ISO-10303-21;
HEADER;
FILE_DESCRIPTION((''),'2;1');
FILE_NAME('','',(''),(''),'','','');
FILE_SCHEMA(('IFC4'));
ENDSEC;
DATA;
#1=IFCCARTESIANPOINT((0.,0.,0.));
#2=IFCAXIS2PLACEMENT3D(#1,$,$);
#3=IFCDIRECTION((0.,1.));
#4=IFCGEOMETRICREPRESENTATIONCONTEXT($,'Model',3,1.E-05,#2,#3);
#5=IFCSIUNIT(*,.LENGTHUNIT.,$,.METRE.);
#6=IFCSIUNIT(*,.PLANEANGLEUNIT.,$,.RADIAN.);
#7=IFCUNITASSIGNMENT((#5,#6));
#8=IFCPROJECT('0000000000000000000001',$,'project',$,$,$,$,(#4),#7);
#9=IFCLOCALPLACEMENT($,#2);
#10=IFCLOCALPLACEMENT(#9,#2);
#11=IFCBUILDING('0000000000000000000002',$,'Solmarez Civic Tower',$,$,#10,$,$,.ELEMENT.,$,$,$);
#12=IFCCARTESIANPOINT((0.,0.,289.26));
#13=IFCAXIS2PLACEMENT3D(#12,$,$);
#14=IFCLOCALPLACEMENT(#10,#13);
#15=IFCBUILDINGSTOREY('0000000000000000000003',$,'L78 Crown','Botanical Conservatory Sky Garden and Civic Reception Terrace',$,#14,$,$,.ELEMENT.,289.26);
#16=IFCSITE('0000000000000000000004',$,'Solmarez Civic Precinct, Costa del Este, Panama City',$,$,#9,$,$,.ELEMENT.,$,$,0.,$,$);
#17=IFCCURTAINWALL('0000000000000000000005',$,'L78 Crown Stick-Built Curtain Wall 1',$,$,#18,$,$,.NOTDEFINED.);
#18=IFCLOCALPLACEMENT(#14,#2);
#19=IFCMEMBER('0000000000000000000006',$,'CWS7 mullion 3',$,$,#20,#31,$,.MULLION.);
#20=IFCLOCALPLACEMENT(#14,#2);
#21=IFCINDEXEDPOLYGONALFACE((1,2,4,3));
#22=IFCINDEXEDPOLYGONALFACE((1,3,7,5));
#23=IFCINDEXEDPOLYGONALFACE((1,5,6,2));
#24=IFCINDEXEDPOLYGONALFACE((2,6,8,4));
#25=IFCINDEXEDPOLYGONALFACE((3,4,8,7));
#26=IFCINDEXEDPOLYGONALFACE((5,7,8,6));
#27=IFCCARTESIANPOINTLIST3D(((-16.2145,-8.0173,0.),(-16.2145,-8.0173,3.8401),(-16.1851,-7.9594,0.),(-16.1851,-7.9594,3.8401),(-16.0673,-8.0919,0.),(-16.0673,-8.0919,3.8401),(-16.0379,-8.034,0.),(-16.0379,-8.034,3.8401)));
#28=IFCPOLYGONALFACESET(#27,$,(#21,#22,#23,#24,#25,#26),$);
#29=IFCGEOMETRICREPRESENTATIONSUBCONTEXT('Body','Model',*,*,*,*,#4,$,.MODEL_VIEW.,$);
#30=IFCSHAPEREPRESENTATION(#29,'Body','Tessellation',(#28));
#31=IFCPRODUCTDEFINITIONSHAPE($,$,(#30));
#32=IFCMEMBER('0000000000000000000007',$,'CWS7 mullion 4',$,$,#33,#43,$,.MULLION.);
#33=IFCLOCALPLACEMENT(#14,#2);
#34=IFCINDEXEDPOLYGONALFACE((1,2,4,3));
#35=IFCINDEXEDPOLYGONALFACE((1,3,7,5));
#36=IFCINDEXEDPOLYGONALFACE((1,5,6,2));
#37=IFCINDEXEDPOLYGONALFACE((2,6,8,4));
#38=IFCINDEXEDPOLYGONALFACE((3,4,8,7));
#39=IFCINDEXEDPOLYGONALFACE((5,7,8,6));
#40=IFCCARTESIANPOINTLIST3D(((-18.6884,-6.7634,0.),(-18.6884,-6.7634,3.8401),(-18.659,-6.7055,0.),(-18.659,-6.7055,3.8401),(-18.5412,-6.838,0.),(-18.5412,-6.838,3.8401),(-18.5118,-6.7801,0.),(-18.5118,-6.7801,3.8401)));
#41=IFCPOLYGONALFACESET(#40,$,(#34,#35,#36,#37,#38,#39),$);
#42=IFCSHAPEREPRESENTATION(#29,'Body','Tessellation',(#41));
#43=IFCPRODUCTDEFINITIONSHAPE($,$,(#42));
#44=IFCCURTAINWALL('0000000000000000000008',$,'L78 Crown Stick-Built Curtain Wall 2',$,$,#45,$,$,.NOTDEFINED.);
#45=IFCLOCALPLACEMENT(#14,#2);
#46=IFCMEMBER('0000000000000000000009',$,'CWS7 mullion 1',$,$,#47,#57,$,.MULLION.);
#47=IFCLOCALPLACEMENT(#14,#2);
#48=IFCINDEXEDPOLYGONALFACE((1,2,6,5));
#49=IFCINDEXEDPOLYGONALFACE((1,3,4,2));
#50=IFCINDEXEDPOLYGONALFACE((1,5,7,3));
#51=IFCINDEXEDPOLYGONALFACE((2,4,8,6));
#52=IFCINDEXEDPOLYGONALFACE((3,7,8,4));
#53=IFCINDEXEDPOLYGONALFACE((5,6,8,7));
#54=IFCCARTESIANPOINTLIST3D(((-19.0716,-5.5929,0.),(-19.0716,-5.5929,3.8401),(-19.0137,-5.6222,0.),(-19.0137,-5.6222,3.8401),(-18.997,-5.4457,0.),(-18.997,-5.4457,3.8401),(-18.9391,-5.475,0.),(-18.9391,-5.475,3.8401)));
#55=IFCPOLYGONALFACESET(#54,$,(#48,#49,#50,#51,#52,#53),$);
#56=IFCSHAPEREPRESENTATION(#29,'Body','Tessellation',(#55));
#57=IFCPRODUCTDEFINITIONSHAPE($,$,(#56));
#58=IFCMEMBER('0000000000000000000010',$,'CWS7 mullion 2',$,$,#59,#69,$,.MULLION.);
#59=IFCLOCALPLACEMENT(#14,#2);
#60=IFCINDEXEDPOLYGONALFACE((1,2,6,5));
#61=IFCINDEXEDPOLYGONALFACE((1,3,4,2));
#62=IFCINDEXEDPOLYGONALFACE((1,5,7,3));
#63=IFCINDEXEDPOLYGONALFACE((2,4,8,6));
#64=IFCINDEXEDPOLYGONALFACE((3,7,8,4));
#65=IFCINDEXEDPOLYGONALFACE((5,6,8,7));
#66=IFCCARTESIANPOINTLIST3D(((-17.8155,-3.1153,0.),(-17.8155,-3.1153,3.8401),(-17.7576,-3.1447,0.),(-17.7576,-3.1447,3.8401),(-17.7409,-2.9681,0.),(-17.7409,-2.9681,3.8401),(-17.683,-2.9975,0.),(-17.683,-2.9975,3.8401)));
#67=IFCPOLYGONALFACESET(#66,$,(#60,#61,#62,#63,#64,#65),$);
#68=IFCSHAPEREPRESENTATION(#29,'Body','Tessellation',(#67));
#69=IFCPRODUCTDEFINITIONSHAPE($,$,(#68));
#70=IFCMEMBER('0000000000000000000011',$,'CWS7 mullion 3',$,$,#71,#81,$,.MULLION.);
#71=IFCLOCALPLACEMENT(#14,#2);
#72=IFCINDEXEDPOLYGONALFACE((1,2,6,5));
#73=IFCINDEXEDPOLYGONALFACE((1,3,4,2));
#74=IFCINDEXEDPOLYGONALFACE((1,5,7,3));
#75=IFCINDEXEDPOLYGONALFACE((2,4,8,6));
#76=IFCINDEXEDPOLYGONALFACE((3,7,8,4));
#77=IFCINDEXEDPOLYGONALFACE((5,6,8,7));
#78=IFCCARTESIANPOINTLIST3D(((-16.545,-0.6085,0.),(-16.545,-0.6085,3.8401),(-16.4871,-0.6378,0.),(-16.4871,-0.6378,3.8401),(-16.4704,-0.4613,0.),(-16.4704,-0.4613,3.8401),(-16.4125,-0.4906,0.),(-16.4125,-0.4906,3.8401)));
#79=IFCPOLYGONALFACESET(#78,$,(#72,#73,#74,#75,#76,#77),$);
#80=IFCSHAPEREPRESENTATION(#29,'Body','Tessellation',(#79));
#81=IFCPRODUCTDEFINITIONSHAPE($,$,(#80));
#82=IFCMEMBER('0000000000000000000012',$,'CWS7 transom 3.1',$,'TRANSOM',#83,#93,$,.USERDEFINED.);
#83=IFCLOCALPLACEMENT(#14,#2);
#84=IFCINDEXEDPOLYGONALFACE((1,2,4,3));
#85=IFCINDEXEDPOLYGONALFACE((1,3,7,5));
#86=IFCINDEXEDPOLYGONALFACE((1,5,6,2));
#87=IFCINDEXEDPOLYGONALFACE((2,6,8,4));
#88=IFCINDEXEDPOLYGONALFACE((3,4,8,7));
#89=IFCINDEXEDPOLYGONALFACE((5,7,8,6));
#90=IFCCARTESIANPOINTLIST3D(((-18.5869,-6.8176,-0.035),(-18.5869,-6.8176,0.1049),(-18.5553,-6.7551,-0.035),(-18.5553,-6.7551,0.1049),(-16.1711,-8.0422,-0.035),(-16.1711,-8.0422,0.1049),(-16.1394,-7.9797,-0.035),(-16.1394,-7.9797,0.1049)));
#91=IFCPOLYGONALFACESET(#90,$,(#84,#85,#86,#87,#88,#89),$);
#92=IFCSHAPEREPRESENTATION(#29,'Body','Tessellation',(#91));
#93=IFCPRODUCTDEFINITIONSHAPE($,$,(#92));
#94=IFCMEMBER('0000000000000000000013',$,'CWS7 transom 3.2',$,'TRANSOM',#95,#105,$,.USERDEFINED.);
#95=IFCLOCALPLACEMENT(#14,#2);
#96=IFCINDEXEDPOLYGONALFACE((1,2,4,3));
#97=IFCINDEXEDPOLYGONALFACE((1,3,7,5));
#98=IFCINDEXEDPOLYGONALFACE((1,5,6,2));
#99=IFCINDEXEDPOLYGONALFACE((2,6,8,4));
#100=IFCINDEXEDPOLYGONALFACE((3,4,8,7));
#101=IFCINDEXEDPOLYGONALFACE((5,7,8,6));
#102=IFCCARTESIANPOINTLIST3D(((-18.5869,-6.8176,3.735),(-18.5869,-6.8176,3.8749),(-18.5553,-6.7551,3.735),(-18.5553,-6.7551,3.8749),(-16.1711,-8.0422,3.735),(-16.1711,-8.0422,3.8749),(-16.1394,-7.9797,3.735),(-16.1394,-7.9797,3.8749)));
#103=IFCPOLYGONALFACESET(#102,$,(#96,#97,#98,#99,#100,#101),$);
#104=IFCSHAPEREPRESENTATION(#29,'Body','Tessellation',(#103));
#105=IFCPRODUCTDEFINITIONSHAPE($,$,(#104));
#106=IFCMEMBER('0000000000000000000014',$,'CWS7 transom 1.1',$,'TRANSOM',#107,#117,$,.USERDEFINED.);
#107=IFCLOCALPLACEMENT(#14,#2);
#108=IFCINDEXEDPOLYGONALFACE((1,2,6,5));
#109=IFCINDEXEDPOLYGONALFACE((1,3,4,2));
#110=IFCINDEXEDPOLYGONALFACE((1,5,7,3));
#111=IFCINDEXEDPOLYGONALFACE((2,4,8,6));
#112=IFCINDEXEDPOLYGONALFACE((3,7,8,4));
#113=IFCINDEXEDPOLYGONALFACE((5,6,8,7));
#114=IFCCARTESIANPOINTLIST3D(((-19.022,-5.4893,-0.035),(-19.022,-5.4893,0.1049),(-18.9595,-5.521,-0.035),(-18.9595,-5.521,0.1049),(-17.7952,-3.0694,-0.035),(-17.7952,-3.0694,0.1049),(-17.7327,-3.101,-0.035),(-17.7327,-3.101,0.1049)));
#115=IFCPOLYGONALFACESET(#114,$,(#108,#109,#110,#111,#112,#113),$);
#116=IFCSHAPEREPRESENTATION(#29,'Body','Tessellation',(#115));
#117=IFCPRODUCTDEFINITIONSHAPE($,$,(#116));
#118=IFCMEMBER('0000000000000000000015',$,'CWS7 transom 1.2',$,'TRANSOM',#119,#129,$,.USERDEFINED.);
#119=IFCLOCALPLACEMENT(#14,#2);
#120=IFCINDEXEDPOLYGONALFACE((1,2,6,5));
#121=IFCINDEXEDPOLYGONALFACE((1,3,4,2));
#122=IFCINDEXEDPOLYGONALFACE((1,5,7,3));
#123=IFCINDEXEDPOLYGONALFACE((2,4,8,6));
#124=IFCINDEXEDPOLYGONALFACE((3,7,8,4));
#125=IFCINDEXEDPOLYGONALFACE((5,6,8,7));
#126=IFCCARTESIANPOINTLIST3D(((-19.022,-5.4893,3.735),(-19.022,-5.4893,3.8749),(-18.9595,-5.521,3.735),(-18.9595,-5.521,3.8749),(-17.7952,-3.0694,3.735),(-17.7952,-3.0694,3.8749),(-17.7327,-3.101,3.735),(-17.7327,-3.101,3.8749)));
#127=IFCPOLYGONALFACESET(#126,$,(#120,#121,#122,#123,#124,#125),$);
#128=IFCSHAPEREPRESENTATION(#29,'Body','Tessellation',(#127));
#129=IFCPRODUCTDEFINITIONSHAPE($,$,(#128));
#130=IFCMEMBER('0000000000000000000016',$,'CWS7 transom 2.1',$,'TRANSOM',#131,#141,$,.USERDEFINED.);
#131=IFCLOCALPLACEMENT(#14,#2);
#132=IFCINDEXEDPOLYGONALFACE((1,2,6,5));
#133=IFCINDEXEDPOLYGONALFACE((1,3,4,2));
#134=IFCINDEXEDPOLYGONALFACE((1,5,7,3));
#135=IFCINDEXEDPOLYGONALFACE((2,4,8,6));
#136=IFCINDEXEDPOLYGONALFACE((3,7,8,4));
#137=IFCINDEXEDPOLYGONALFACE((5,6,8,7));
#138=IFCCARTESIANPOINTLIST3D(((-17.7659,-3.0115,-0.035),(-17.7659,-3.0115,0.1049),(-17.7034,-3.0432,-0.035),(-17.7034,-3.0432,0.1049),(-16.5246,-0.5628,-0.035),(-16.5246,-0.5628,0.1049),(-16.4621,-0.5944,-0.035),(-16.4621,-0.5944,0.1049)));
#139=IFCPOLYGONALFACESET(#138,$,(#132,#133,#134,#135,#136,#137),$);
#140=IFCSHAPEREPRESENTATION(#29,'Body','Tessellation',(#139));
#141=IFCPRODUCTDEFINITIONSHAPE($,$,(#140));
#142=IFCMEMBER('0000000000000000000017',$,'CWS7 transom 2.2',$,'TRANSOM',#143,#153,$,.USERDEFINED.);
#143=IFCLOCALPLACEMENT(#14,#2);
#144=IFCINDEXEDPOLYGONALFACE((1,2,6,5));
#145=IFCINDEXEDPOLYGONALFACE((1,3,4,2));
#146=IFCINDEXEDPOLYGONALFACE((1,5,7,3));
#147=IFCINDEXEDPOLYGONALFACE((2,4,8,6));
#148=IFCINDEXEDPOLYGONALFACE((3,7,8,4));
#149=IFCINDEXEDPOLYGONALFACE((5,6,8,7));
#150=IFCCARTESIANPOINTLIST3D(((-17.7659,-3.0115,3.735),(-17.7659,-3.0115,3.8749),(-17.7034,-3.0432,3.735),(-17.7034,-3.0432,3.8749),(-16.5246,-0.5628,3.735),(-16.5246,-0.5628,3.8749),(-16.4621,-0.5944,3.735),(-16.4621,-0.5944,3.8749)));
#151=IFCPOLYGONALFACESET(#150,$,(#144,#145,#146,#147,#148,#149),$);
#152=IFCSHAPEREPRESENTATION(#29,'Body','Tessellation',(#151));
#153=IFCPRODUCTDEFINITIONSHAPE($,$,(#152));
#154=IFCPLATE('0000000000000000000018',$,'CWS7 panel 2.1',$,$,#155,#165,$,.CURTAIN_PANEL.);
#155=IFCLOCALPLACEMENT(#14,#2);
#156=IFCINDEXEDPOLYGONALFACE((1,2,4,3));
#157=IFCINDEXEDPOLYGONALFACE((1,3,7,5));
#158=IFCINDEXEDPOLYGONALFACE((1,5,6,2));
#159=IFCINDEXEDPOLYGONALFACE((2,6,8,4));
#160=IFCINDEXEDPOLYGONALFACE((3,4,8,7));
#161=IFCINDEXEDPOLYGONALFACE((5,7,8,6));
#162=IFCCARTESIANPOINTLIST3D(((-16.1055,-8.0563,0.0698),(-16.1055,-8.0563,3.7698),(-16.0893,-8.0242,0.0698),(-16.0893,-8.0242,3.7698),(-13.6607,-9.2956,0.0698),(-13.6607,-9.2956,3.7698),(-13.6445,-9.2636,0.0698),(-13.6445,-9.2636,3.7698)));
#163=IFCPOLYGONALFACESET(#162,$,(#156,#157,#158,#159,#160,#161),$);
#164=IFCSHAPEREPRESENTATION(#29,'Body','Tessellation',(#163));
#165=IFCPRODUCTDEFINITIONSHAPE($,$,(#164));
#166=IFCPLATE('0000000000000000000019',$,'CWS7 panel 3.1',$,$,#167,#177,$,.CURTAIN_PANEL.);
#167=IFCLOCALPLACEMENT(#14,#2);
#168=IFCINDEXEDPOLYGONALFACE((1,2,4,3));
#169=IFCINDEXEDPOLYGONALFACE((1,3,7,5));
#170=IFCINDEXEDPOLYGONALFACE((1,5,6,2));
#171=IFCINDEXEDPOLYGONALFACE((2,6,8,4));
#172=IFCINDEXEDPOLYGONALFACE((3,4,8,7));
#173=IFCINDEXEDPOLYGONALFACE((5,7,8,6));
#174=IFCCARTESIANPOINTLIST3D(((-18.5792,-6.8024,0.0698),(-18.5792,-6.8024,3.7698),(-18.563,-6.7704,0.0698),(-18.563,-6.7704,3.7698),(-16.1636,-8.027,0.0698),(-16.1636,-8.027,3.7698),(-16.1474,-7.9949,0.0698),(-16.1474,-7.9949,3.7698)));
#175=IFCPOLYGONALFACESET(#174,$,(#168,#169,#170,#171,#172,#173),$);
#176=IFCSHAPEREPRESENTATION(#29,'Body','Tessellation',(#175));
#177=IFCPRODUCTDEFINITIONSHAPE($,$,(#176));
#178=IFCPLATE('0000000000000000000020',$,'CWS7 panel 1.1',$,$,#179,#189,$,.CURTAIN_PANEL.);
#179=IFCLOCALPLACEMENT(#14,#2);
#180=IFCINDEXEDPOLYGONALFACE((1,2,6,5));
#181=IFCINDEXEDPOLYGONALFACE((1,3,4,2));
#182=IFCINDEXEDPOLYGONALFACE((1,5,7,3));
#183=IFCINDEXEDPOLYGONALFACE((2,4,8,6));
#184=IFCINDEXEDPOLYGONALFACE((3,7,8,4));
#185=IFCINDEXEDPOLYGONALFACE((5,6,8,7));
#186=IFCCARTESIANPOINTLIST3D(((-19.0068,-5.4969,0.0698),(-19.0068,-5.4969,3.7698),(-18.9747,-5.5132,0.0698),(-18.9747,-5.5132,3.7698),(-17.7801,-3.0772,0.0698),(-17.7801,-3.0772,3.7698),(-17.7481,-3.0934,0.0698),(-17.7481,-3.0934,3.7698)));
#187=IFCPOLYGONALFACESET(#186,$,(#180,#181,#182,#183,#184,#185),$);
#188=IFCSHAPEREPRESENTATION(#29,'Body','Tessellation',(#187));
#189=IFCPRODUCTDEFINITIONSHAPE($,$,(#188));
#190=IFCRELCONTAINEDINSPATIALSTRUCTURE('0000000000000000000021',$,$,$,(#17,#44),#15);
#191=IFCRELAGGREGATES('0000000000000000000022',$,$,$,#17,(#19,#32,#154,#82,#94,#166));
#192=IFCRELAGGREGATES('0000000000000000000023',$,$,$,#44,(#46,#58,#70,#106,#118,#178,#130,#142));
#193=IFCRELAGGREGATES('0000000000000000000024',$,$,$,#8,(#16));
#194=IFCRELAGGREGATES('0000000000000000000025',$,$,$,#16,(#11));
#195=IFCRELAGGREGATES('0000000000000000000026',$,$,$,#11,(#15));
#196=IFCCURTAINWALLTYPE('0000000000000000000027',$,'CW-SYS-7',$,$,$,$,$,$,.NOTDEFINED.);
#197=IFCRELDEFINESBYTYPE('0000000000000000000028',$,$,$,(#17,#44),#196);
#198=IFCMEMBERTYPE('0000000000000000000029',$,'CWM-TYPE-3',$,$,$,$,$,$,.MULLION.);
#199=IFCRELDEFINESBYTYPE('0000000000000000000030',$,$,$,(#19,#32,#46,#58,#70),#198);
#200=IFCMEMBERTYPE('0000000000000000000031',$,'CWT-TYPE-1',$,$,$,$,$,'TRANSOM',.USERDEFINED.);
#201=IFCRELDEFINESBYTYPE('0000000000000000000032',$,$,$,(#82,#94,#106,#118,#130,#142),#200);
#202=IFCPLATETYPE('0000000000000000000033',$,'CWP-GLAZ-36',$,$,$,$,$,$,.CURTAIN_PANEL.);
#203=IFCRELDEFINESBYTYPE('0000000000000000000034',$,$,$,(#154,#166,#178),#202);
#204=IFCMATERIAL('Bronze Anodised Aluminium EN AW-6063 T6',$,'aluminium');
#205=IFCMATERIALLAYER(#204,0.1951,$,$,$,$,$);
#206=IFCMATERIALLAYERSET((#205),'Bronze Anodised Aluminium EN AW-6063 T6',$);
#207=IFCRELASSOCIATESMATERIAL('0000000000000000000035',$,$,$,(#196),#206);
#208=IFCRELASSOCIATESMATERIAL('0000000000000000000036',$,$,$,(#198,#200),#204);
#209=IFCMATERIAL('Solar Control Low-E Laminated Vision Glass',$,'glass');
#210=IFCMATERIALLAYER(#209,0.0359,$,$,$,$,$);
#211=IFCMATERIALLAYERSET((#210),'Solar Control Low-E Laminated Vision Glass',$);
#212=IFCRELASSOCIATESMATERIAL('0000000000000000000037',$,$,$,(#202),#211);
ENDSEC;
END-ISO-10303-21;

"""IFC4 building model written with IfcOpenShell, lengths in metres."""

from ifc_helpers import new_model, si_unit, direction, frame, origin, origin_2d, place, context, subcontext, project, spatial, rectangle, extrude, material, layer, layer_set, material_profile, profile_set, type_object, element, aggregate, save


model = new_model("IFC4")

# Units and contexts
model_context = context("Model", 3, precision=1e-05, world=origin(), true_north=direction((0.0, 1.0)))
body_context = subcontext(model_context, "Body", "Model", "MODEL_VIEW")
ifc_project = project(units=[si_unit("LENGTHUNIT", "METRE"), si_unit("PLANEANGLEUNIT", "RADIAN")], contexts=[model_context])

# Site, building, storey
site_placement = place(None, origin())
site = spatial("IfcSite", under=ifc_project, at=site_placement, Name="Solmarez Civic Precinct, Costa del Este, Panama City", CompositionType="ELEMENT", RefElevation=0.0)
building_placement = place(site_placement, origin())
building = spatial("IfcBuilding", under=site, at=building_placement, Name="Solmarez Civic Tower", CompositionType="ELEMENT")
storey_placement = place(building_placement, frame((0.0, 0.0, 289.26)))
storey = spatial("IfcBuildingStorey", under=building, at=storey_placement, Name="L78 Crown", Description="Botanical Conservatory Sky Garden and Civic Reception Terrace", CompositionType="ELEMENT", Elevation=289.26)

# Curtain walls, members
ifc_material_1 = material(Name="Bronze Anodised Aluminium EN AW-6063 T6", Category="aluminium")
ifc_layer_1 = layer(ifc_material_1, 0.1951)
ifc_layer_set_1 = layer_set([ifc_layer_1], Name="Bronze Anodised Aluminium EN AW-6063 T6")
curtain_wall_type = type_object("IfcCurtainWallType", Name="CW-SYS-7", PredefinedType="NOTDEFINED", material=ifc_layer_set_1)
curtain_wall_1_placement = place(storey_placement, origin())
curtain_wall_1 = element("IfcCurtainWall", 1, at=curtain_wall_1_placement, inside=storey, type_object=curtain_wall_type, Name="L78 Crown Stick-Built Curtain Wall 1", PredefinedType="NOTDEFINED")
ifc_material_profile_1 = material_profile(ifc_material_1, rectangle(XDim=0.0649, YDim=0.165, at=origin_2d()), Name="CWM-65X165")
ifc_profile_set_1 = profile_set([ifc_material_profile_1], Name="Bronze Anodised Aluminium EN AW-6063 T6")
member_type_1 = type_object("IfcMemberType", Name="CWM-TYPE-3", PredefinedType="MULLION", material=ifc_profile_set_1)
member_1_placement = place(storey_placement, frame((-16.1262, -8.0256, 0.0), z_axis=(0.0, 0.0, 1.0), x_axis=(-0.452149, -0.891943, 0.0)))
member_1 = element("IfcMember", 2, at=member_1_placement, type_object=member_type_1, Name="CWS7 mullion 3", PredefinedType="MULLION", context=body_context, shape_type="SweptSolid", body=[
    extrude(rectangle(XDim=0.0649, YDim=0.165, at=origin_2d()), origin(), (0.0, 0.0, 1.0), 3.8401),
])
member_2_placement = place(storey_placement, frame((-18.6001, -6.7717, 0.0), z_axis=(0.0, 0.0, 1.0), x_axis=(-0.452149, -0.891943, 0.0)))
member_2 = element("IfcMember", 3, at=member_2_placement, type_object=member_type_1, Name="CWS7 mullion 4", PredefinedType="MULLION", context=body_context, shape_type="SweptSolid", body=[
    extrude(rectangle(XDim=0.0649, YDim=0.165, at=origin_2d()), origin(), (0.0, 0.0, 1.0), 3.8401),
])
curtain_wall_2_placement = place(storey_placement, origin())
curtain_wall_2 = element("IfcCurtainWall", 4, at=curtain_wall_2_placement, inside=storey, type_object=curtain_wall_type, Name="L78 Crown Stick-Built Curtain Wall 2", PredefinedType="NOTDEFINED")
member_3_placement = place(storey_placement, frame((-19.0054, -5.5339, 0.0), z_axis=(0.0, 0.0, 1.0), x_axis=(-0.891946, 0.452141, 0.0)))
member_3 = element("IfcMember", 5, at=member_3_placement, type_object=member_type_1, Name="CWS7 mullion 1", PredefinedType="MULLION", context=body_context, shape_type="SweptSolid", body=[
    extrude(rectangle(XDim=0.0649, YDim=0.165, at=origin_2d()), origin(), (0.0, 0.0, 1.0), 3.8401),
])
member_4_placement = place(storey_placement, frame((-17.7493, -3.0564, 0.0), z_axis=(0.0, 0.0, 1.0), x_axis=(-0.891946, 0.452141, 0.0)))
member_4 = element("IfcMember", 6, at=member_4_placement, type_object=member_type_1, Name="CWS7 mullion 2", PredefinedType="MULLION", context=body_context, shape_type="SweptSolid", body=[
    extrude(rectangle(XDim=0.0649, YDim=0.165, at=origin_2d()), origin(), (0.0, 0.0, 1.0), 3.8401),
])
member_5_placement = place(storey_placement, frame((-16.4788, -0.5496, 0.0), z_axis=(0.0, 0.0, 1.0), x_axis=(-0.891946, 0.452141, 0.0)))
member_5 = element("IfcMember", 7, at=member_5_placement, type_object=member_type_1, Name="CWS7 mullion 3", PredefinedType="MULLION", context=body_context, shape_type="SweptSolid", body=[
    extrude(rectangle(XDim=0.0649, YDim=0.165, at=origin_2d()), origin(), (0.0, 0.0, 1.0), 3.8401),
])

# Members
ifc_material_profile_2 = material_profile(ifc_material_1, rectangle(XDim=0.0701, YDim=0.1399, at=origin_2d()), Name="CWT-70X140")
ifc_profile_set_2 = profile_set([ifc_material_profile_2], Name="Bronze Anodised Aluminium EN AW-6063 T6")
member_type_2 = type_object("IfcMemberType", Name="CWT-TYPE-1", ElementType="TRANSOM", PredefinedType="USERDEFINED", material=ifc_profile_set_2)
member_6_placement = place(storey_placement, frame((-16.1553, -8.011, 0.0349), z_axis=(-0.891944, 0.452146, 0.0), x_axis=(-0.452146, -0.891944, 0.0)))
member_6 = element("IfcMember", 8, at=member_6_placement, type_object=member_type_2, Name="CWS7 transom 3.1", ObjectType="TRANSOM", PredefinedType="USERDEFINED", context=body_context, shape_type="SweptSolid", body=[
    extrude(rectangle(XDim=0.0701, YDim=0.1399, at=origin_2d()), origin(), (0.0, 0.0, 1.0), 2.7085),
])
member_7_placement = place(storey_placement, frame((-16.1553, -8.011, 3.8049), z_axis=(-0.891944, 0.452146, 0.0), x_axis=(-0.452146, -0.891944, 0.0)))
member_7 = element("IfcMember", 9, at=member_7_placement, type_object=member_type_2, Name="CWS7 transom 3.2", ObjectType="TRANSOM", PredefinedType="USERDEFINED", context=body_context, shape_type="SweptSolid", body=[
    extrude(rectangle(XDim=0.0701, YDim=0.1399, at=origin_2d()), origin(), (0.0, 0.0, 1.0), 2.7085),
])
member_8_placement = place(storey_placement, frame((-18.9907, -5.5051, 0.0349), z_axis=(0.452174, 0.89193, 0.0), x_axis=(-0.89193, 0.452174, 0.0)))
member_8 = element("IfcMember", 10, at=member_8_placement, type_object=member_type_2, Name="CWS7 transom 1.1", ObjectType="TRANSOM", PredefinedType="USERDEFINED", context=body_context, shape_type="SweptSolid", body=[
    extrude(rectangle(XDim=0.0701, YDim=0.1399, at=origin_2d()), origin(), (0.0, 0.0, 1.0), 2.7131),
])
member_9_placement = place(storey_placement, frame((-18.9907, -5.5051, 3.8049), z_axis=(0.452174, 0.89193, 0.0), x_axis=(-0.89193, 0.452174, 0.0)))
member_9 = element("IfcMember", 11, at=member_9_placement, type_object=member_type_2, Name="CWS7 transom 1.2", ObjectType="TRANSOM", PredefinedType="USERDEFINED", context=body_context, shape_type="SweptSolid", body=[
    extrude(rectangle(XDim=0.0701, YDim=0.1399, at=origin_2d()), origin(), (0.0, 0.0, 1.0), 2.7131),
])
member_10_placement = place(storey_placement, frame((-17.7346, -3.0273, 0.0349), z_axis=(0.452116, 0.891959, 0.0), x_axis=(-0.891959, 0.452116, 0.0)))
member_10 = element("IfcMember", 12, at=member_10_placement, type_object=member_type_2, Name="CWS7 transom 2.1", ObjectType="TRANSOM", PredefinedType="USERDEFINED", context=body_context, shape_type="SweptSolid", body=[
    extrude(rectangle(XDim=0.0701, YDim=0.1399, at=origin_2d()), origin(), (0.0, 0.0, 1.0), 2.7454),
])
member_11_placement = place(storey_placement, frame((-17.7346, -3.0273, 3.8049), z_axis=(0.452116, 0.891959, 0.0), x_axis=(-0.891959, 0.452116, 0.0)))
member_11 = element("IfcMember", 13, at=member_11_placement, type_object=member_type_2, Name="CWS7 transom 2.2", ObjectType="TRANSOM", PredefinedType="USERDEFINED", context=body_context, shape_type="SweptSolid", body=[
    extrude(rectangle(XDim=0.0701, YDim=0.1399, at=origin_2d()), origin(), (0.0, 0.0, 1.0), 2.7454),
])

# Plates
ifc_material_2 = material(Name="Solar Control Low-E Laminated Vision Glass", Category="glass")
ifc_layer_2 = layer(ifc_material_2, 0.0359)
ifc_layer_set_2 = layer_set([ifc_layer_2], Name="Solar Control Low-E Laminated Vision Glass")
plate_type = type_object("IfcPlateType", Name="CWP-GLAZ-36", PredefinedType="CURTAIN_PANEL", material=ifc_layer_set_2)
plate_1_placement = place(storey_placement, frame((-14.875, -8.6599, 0.0698), z_axis=(0.0, 0.0, 1.0), x_axis=(-0.891943, 0.452149, 0.0)))
plate_1 = element("IfcPlate", 14, at=plate_1_placement, type_object=plate_type, Name="CWS7 panel 2.1", PredefinedType="CURTAIN_PANEL", context=body_context, shape_type="SweptSolid", body=[
    extrude(rectangle(XDim=2.741, YDim=0.0359, at=origin_2d()), origin(), (0.0, 0.0, 1.0), 3.7),
])
plate_2_placement = place(storey_placement, frame((-17.3633, -7.3987, 0.0698), z_axis=(0.0, 0.0, 1.0), x_axis=(-0.891943, 0.452149, 0.0)))
plate_2 = element("IfcPlate", 15, at=plate_2_placement, type_object=plate_type, Name="CWS7 panel 3.1", PredefinedType="CURTAIN_PANEL", context=body_context, shape_type="SweptSolid", body=[
    extrude(rectangle(XDim=2.7083, YDim=0.0359, at=origin_2d()), origin(), (0.0, 0.0, 1.0), 3.7),
])
aggregate(curtain_wall_1, [member_1, member_2, plate_1, member_6, member_7, plate_2])
plate_3_placement = place(storey_placement, frame((-18.3774, -4.2952, 0.0698), z_axis=(0.0, 0.0, 1.0), x_axis=(0.452141, 0.891946, 0.0)))
plate_3 = element("IfcPlate", 16, at=plate_3_placement, type_object=plate_type, Name="CWS7 panel 1.1", PredefinedType="CURTAIN_PANEL", context=body_context, shape_type="SweptSolid", body=[
    extrude(rectangle(XDim=2.7129, YDim=0.0359, at=origin_2d()), origin(), (0.0, 0.0, 1.0), 3.7),
])
aggregate(curtain_wall_2, [member_3, member_4, member_5, member_8, member_9, plate_3, member_10, member_11])

save(model, "model.ifc")
